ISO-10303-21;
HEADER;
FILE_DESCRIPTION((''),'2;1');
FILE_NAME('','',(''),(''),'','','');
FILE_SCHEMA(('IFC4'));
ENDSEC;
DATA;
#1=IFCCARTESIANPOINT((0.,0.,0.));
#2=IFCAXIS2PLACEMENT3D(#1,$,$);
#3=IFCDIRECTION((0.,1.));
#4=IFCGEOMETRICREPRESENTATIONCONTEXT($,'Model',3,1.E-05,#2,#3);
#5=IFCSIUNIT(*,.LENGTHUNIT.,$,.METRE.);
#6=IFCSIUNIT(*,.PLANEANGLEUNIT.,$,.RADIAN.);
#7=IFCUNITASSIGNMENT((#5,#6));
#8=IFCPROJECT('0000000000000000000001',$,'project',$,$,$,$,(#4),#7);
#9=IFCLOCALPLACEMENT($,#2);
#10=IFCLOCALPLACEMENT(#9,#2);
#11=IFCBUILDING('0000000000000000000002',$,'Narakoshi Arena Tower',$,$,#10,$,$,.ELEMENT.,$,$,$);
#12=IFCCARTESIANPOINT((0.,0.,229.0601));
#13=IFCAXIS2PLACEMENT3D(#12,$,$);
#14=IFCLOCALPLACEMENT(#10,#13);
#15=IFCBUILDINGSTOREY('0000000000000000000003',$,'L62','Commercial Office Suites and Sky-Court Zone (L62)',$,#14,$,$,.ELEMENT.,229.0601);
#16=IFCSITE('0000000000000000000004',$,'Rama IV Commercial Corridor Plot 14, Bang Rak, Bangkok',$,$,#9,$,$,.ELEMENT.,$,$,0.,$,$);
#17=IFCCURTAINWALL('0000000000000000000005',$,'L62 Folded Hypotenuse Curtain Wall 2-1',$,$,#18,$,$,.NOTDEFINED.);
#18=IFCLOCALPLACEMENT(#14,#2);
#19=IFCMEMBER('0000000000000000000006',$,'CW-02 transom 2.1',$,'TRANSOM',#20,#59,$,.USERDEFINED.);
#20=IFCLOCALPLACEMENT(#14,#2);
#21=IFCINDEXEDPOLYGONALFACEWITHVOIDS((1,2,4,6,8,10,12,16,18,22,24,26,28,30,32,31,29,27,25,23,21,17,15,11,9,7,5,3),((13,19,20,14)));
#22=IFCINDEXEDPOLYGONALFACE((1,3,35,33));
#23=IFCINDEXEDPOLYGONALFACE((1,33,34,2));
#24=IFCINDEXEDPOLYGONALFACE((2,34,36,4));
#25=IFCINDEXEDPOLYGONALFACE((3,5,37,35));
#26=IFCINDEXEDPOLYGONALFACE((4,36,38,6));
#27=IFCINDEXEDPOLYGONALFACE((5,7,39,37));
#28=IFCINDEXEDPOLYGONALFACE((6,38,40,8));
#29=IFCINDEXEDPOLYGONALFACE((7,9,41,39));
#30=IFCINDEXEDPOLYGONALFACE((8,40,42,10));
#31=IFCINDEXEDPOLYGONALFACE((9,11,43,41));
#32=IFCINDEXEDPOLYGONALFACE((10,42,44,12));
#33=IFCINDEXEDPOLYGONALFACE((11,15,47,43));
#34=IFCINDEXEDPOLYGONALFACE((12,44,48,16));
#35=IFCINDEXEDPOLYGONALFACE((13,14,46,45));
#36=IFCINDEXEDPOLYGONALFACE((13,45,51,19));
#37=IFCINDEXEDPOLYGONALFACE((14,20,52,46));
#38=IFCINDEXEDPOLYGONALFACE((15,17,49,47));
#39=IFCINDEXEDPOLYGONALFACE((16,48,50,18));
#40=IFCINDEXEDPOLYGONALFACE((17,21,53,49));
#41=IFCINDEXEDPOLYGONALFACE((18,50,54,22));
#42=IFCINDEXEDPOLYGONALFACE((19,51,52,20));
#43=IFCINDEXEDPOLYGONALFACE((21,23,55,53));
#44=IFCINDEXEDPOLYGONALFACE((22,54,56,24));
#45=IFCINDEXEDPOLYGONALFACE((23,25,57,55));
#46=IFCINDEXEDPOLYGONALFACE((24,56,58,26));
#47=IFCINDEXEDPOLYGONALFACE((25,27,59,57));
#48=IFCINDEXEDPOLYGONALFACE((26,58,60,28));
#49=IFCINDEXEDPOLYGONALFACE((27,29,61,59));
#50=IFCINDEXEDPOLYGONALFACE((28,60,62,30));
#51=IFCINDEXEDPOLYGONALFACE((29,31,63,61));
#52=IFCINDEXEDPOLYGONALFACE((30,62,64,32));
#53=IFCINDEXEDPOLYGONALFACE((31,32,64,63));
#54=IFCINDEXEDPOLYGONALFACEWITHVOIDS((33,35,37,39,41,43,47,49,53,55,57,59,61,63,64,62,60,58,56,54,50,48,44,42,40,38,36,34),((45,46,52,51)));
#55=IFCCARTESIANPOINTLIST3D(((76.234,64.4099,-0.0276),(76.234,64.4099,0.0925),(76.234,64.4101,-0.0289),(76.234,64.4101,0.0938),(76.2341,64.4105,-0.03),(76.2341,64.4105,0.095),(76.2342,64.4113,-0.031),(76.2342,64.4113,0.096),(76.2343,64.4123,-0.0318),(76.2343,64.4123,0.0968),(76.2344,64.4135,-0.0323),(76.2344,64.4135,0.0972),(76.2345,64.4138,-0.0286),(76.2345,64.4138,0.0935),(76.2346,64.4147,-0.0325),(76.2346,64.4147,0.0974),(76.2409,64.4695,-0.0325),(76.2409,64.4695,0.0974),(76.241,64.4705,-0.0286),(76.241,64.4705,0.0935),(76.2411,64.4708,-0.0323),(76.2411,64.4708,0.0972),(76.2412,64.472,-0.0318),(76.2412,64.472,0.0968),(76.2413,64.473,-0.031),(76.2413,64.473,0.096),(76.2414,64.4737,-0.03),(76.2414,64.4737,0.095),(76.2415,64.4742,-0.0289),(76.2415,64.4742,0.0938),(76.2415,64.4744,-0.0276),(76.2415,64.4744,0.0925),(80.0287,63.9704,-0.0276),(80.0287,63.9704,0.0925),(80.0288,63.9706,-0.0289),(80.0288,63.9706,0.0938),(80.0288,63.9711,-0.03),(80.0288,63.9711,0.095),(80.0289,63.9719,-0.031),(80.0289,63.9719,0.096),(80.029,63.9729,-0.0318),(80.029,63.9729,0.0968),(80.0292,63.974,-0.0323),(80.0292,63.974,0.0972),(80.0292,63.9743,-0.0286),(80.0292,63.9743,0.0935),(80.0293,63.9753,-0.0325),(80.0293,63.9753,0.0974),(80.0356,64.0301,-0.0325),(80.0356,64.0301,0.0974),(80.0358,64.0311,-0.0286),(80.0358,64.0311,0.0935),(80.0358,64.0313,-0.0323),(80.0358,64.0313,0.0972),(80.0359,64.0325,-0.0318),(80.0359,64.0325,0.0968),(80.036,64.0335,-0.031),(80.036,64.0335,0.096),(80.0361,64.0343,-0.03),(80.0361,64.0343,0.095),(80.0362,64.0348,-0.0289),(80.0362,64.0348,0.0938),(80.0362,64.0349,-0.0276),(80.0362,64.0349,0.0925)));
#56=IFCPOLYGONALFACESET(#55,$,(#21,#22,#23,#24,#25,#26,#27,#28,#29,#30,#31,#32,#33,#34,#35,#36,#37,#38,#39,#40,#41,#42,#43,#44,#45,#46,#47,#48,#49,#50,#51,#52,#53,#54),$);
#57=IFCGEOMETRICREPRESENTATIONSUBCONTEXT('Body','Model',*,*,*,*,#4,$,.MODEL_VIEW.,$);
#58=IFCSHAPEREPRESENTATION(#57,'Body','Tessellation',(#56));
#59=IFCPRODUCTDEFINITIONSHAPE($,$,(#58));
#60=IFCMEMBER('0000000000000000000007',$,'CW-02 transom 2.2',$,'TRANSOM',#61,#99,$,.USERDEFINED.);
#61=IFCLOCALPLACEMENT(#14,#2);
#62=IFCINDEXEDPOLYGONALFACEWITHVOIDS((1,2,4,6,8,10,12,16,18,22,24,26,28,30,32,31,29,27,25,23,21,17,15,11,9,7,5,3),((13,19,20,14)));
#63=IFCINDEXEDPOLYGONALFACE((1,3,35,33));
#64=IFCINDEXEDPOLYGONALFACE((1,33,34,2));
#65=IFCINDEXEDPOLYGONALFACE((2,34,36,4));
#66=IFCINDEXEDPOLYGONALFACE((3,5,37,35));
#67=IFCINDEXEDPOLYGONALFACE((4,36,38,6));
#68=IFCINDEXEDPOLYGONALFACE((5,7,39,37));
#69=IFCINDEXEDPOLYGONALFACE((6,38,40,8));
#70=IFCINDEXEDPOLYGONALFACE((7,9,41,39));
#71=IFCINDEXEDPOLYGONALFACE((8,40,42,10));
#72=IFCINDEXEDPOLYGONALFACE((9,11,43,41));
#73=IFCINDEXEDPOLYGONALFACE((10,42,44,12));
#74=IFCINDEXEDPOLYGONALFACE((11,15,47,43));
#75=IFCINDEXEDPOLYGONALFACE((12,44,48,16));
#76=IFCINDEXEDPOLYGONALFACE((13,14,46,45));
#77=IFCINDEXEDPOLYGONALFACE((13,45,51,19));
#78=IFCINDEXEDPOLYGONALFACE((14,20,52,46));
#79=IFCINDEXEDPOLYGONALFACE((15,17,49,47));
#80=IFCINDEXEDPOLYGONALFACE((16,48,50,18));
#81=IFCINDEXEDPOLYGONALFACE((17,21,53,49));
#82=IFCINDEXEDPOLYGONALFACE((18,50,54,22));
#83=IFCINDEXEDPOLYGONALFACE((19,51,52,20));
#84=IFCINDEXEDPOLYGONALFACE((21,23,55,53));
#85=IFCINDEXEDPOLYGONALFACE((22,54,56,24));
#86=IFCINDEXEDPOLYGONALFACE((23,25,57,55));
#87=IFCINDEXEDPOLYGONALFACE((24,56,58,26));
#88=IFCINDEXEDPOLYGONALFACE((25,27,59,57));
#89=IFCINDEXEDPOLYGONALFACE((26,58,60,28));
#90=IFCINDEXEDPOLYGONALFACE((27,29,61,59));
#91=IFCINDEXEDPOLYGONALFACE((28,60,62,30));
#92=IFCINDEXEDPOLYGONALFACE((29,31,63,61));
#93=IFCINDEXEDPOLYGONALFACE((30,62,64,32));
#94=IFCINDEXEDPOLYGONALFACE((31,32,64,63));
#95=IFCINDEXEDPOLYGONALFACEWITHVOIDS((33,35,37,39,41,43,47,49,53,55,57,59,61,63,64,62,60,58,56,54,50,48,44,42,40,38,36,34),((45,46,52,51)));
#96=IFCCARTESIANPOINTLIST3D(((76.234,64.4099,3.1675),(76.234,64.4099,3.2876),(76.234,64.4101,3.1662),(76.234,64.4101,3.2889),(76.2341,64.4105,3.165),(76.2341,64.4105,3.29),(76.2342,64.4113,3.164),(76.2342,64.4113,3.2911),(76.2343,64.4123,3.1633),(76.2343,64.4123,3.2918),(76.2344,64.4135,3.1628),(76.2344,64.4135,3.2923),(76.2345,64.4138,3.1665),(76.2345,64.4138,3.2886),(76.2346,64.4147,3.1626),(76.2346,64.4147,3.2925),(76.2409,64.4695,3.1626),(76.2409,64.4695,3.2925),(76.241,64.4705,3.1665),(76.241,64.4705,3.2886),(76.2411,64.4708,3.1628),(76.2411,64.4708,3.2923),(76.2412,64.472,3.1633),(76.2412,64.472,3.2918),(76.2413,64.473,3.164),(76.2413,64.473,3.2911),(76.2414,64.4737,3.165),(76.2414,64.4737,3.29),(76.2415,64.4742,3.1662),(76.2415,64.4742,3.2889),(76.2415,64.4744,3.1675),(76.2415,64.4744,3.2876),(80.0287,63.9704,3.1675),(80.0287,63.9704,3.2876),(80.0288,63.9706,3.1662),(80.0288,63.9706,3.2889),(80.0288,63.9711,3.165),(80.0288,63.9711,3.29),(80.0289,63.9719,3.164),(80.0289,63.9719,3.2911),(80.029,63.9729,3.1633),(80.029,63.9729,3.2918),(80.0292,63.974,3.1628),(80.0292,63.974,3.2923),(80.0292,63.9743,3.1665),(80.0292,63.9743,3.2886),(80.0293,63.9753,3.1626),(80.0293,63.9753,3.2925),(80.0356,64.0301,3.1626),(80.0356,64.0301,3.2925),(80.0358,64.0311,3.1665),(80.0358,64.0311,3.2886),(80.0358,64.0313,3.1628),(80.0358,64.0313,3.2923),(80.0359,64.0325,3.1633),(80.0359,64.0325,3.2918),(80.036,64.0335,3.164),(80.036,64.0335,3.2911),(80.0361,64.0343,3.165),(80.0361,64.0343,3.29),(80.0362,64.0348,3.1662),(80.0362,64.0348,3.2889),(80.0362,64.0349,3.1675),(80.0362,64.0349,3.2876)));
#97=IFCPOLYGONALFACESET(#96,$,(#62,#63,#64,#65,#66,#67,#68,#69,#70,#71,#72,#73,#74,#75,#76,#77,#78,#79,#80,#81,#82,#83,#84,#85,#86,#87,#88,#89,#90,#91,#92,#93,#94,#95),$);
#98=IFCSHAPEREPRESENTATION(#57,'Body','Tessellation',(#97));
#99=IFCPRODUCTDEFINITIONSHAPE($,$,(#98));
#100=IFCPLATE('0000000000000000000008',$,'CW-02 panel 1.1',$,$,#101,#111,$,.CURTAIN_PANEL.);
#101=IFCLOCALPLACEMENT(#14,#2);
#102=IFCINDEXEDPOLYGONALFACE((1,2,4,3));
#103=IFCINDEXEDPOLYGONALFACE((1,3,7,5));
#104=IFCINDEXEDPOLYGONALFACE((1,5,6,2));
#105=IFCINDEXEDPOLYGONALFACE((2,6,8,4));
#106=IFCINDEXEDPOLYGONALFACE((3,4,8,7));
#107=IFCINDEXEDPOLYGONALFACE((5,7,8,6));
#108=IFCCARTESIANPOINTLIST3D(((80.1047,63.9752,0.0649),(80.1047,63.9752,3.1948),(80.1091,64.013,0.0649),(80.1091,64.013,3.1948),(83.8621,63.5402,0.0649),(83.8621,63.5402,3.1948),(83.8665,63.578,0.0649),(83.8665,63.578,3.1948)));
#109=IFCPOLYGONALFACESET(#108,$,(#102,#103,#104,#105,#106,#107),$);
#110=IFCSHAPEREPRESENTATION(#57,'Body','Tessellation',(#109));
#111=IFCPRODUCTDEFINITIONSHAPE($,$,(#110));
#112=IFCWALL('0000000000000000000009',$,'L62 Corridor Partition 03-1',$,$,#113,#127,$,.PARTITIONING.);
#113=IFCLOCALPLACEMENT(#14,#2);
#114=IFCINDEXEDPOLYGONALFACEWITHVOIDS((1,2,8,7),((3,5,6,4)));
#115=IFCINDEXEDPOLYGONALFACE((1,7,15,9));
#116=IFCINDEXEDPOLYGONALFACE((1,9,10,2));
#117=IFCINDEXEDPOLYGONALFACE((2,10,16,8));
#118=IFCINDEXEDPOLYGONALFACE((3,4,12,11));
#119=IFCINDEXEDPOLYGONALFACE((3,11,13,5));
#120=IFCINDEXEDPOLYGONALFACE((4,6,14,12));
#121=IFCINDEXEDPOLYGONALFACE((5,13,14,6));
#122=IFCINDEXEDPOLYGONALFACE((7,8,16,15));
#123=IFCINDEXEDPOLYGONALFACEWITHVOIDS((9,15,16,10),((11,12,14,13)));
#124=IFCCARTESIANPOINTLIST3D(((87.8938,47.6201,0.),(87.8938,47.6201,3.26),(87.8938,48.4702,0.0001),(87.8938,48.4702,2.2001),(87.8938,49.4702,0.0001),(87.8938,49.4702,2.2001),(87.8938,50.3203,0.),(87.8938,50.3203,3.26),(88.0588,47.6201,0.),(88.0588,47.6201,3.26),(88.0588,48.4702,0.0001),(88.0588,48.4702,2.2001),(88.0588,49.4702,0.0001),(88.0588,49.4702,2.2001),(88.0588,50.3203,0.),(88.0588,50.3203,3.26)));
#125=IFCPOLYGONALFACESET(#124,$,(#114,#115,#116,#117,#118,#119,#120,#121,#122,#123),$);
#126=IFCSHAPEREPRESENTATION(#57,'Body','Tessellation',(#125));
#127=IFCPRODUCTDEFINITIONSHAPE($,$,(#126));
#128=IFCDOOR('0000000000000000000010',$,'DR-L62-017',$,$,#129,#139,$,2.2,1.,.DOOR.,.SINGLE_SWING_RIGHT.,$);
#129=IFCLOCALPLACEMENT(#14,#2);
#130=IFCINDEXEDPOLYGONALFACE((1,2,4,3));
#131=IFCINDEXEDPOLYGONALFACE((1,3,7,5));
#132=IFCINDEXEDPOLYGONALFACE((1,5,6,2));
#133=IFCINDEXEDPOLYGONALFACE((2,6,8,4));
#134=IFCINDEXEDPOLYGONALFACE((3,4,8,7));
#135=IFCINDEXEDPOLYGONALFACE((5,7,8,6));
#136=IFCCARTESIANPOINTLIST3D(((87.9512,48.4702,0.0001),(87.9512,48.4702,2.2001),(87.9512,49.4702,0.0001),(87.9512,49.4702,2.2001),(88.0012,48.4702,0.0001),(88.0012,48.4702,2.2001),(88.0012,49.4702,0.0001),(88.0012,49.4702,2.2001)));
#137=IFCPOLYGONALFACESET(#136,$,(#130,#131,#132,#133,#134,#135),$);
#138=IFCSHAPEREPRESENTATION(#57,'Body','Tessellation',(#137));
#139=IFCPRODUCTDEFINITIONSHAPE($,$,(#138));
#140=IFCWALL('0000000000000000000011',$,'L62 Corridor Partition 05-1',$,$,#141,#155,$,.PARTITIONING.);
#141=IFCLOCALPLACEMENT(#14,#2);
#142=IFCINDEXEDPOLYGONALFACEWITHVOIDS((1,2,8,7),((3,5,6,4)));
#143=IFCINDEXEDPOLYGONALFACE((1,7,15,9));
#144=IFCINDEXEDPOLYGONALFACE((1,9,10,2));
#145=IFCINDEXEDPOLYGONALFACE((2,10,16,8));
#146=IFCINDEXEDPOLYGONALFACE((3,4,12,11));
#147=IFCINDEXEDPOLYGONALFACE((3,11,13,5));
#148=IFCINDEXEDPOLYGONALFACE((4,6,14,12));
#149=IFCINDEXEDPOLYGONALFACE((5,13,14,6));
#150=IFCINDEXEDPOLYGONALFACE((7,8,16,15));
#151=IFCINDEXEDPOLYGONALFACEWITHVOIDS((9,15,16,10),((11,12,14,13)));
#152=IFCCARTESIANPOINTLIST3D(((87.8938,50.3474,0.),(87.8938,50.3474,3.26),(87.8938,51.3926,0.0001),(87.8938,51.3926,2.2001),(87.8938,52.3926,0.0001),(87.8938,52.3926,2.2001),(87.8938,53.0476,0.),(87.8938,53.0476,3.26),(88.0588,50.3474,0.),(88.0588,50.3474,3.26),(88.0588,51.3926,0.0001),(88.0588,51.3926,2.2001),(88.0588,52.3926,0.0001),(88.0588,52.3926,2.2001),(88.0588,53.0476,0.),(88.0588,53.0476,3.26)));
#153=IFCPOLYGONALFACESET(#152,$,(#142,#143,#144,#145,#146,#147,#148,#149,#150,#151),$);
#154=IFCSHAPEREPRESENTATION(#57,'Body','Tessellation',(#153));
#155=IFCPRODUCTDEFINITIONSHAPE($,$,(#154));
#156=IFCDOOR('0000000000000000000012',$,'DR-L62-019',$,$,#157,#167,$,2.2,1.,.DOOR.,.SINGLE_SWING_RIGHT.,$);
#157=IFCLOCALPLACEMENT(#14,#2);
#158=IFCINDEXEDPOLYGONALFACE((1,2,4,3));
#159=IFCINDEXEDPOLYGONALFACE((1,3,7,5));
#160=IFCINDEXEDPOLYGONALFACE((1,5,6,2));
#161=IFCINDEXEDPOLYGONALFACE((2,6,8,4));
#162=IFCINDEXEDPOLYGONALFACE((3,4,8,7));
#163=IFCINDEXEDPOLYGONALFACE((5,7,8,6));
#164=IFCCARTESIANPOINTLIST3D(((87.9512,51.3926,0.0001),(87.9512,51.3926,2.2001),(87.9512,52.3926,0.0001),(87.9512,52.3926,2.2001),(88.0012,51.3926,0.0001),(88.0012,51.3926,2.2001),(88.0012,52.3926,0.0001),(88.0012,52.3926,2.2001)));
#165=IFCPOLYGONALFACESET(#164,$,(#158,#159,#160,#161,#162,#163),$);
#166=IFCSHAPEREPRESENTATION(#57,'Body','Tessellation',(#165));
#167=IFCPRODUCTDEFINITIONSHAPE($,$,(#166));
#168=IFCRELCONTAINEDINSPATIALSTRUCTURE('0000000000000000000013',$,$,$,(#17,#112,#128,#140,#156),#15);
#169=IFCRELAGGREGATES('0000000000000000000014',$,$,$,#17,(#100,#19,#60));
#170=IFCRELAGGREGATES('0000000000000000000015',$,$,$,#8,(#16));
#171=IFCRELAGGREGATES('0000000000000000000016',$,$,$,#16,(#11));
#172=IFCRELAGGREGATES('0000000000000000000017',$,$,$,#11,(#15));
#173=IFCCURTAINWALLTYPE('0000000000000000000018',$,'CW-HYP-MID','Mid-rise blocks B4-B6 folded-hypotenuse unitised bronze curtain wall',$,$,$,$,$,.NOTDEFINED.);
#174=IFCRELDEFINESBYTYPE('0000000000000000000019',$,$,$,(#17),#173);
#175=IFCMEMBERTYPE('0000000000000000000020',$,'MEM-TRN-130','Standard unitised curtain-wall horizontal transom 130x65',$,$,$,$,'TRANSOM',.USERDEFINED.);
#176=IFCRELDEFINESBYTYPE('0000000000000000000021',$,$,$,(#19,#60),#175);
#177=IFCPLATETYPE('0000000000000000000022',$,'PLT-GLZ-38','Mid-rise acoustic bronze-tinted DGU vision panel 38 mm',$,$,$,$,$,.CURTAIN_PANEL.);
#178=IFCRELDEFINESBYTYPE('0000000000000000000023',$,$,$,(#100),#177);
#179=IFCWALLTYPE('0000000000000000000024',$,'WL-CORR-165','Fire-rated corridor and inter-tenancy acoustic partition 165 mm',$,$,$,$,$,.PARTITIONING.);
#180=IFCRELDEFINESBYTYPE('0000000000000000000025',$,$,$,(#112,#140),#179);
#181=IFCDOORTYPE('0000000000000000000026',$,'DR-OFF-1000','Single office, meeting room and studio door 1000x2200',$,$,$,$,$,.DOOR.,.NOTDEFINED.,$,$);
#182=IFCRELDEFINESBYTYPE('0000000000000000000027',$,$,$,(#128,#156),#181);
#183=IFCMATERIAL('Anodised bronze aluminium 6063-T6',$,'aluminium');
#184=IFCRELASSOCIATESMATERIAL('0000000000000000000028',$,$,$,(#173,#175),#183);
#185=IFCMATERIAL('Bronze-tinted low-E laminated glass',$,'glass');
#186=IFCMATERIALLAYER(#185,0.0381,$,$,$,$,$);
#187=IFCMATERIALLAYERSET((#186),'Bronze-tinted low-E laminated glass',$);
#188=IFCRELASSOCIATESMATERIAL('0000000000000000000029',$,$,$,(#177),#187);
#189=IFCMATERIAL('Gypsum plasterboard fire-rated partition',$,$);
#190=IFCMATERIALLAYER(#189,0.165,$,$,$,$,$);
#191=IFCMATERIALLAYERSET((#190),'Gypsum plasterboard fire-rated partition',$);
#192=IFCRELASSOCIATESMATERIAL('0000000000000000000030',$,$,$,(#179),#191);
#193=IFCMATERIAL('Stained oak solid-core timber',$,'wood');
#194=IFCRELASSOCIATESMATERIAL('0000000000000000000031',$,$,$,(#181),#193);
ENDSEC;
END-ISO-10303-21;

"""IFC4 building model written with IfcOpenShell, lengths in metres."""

from ifc_helpers import new_model, si_unit, direction, frame, frame_2d, origin, origin_2d, place, context, subcontext, project, spatial, rectangle, hollow_rectangle, extrude, material, layer, layer_set, material_profile, profile_set, type_object, element, fill, aggregate, save


model = new_model("IFC4")

# Units and contexts
model_context = context("Model", 3, precision=1e-05, world=origin(), true_north=direction((0.0, 1.0)))
body_context = subcontext(model_context, "Body", "Model", "MODEL_VIEW")
ifc_project = project(units=[si_unit("LENGTHUNIT", "METRE"), si_unit("PLANEANGLEUNIT", "RADIAN")], contexts=[model_context])

# Site, building, storey
site_placement = place(None, origin())
site = spatial("IfcSite", under=ifc_project, at=site_placement, Name="Rama IV Commercial Corridor Plot 14, Bang Rak, Bangkok", CompositionType="ELEMENT", RefElevation=0.0)
building_placement = place(site_placement, origin())
building = spatial("IfcBuilding", under=site, at=building_placement, Name="Narakoshi Arena Tower", CompositionType="ELEMENT")
storey_placement = place(building_placement, frame((0.0, 0.0, 229.0601)))
storey = spatial("IfcBuildingStorey", under=building, at=storey_placement, Name="L62", Description="Commercial Office Suites and Sky-Court Zone (L62)", CompositionType="ELEMENT", Elevation=229.0601)

# Curtain wall, members, plate
ifc_material_1 = material(Name="Anodised bronze aluminium 6063-T6", Category="aluminium")
curtain_wall_type = type_object("IfcCurtainWallType", Name="CW-HYP-MID", Description="Mid-rise blocks B4-B6 folded-hypotenuse unitised bronze curtain wall", PredefinedType="NOTDEFINED", material=ifc_material_1)
curtain_wall_placement = place(storey_placement, origin())
curtain_wall = element("IfcCurtainWall", 1, at=curtain_wall_placement, inside=storey, type_object=curtain_wall_type, Name="L62 Folded Hypotenuse Curtain Wall 2-1", PredefinedType="NOTDEFINED")
ifc_material_profile_1 = material_profile(ifc_material_1, hollow_rectangle(XDim=0.0649, YDim=0.1299, WallThickness=0.0039, OuterFilletRadius=0.0049, at=origin_2d()), Name="TRN130x65x4")
ifc_profile_set_1 = profile_set([ifc_material_profile_1], Name="Anodised bronze aluminium 6063-T6")
member_type_1 = type_object("IfcMemberType", Name="MEM-TRN-130", Description="Standard unitised curtain-wall horizontal transom 130x65", ElementType="TRANSOM", PredefinedType="USERDEFINED", material=ifc_profile_set_1)
member_1_placement = place(storey_placement, frame((80.0325, 64.0027, 0.0325), z_axis=(-0.993361, 0.115039, 0.0), x_axis=(-0.115039, -0.993361, 0.0)))
member_1 = element("IfcMember", 2, at=member_1_placement, type_object=member_type_1, Name="CW-02 transom 2.1", ObjectType="TRANSOM", PredefinedType="USERDEFINED", context=body_context, shape_type="SweptSolid", body=[
    extrude(hollow_rectangle(XDim=0.0649, YDim=0.1299, WallThickness=0.0039, OuterFilletRadius=0.0049, at=origin_2d()), origin(), (0.0, 0.0, 1.0), 3.8201),
])
member_2_placement = place(storey_placement, frame((80.0325, 64.0027, 3.2275), z_axis=(-0.993361, 0.115039, 0.0), x_axis=(-0.115039, -0.993361, 0.0)))
member_2 = element("IfcMember", 3, at=member_2_placement, type_object=member_type_1, Name="CW-02 transom 2.2", ObjectType="TRANSOM", PredefinedType="USERDEFINED", context=body_context, shape_type="SweptSolid", body=[
    extrude(hollow_rectangle(XDim=0.0649, YDim=0.1299, WallThickness=0.0039, OuterFilletRadius=0.0049, at=origin_2d()), origin(), (0.0, 0.0, 1.0), 3.8201),
])
ifc_material_2 = material(Name="Bronze-tinted low-E laminated glass", Category="glass")
ifc_layer_1 = layer(ifc_material_2, 0.0381)
ifc_layer_set_1 = layer_set([ifc_layer_1], Name="Bronze-tinted low-E laminated glass")
plate_type = type_object("IfcPlateType", Name="PLT-GLZ-38", Description="Mid-rise acoustic bronze-tinted DGU vision panel 38 mm", PredefinedType="CURTAIN_PANEL", material=ifc_layer_set_1)
plate_placement = place(storey_placement, frame((81.9856, 63.7766, 0.0649), z_axis=(0.0, 0.0, 1.0), x_axis=(-0.993364, 0.115011, 0.0)))
plate = element("IfcPlate", 4, at=plate_placement, type_object=plate_type, Name="CW-02 panel 1.1", PredefinedType="CURTAIN_PANEL", context=body_context, shape_type="SweptSolid", body=[
    extrude(rectangle(XDim=3.7825, YDim=0.0381, at=origin_2d()), origin(), (0.0, 0.0, 1.0), 3.1299),
])
aggregate(curtain_wall, [plate, member_1, member_2])

# Walls, openings, doors
ifc_material_3 = material(Name="Gypsum plasterboard fire-rated partition")
ifc_layer_2 = layer(ifc_material_3, 0.165)
ifc_layer_set_2 = layer_set([ifc_layer_2], Name="Gypsum plasterboard fire-rated partition")
wall_type_1 = type_object("IfcWallType", Name="WL-CORR-165", Description="Fire-rated corridor and inter-tenancy acoustic partition 165 mm", PredefinedType="PARTITIONING", material=ifc_layer_set_2)
wall_1_placement = place(storey_placement, frame((87.9763, 47.6201, 0.0), z_axis=(0.0, 0.0, 1.0), x_axis=(0.0, 1.0, 0.0)))
wall_1 = element("IfcWall", 5, at=wall_1_placement, inside=storey, type_object=wall_type_1, Name="L62 Corridor Partition 03-1", PredefinedType="PARTITIONING", context=body_context, shape_type="SweptSolid", body=[
    extrude(rectangle(XDim=2.7002, YDim=0.165, at=frame_2d((1.3501, 0.0))), origin(), (0.0, 0.0, 1.0), 3.26),
])
opening_1_placement = place(wall_1_placement, frame((0.8501, 0.0, 0.0)))
opening_1 = element("IfcOpeningElement", 6, at=opening_1_placement, cuts=wall_1, PredefinedType="OPENING", context=body_context, shape_type="SweptSolid", body=[
    extrude(rectangle(XDim=1.0, YDim=2.2, at=frame_2d((0.5, 1.1001))), frame((0.0, 0.0925, 0.0), z_axis=(0.0, -1.0, 0.0), x_axis=(1.0, 0.0, 0.0)), (0.0, 0.0, 1.0), 0.1851),
])
ifc_material_4 = material(Name="Stained oak solid-core timber", Category="wood")
door_type_1 = type_object("IfcDoorType", Name="DR-OFF-1000", Description="Single office, meeting room and studio door 1000x2200", OperationType="NOTDEFINED", PredefinedType="DOOR", material=ifc_material_4)
door_1_placement = place(opening_1_placement, frame((1.0, 0.0, 0.0), z_axis=(0.0, 0.0, 1.0), x_axis=(-1.0, 0.0, 0.0)))
door_1 = element("IfcDoor", 7, at=door_1_placement, inside=storey, type_object=door_type_1, Name="DR-L62-017", OperationType="SINGLE_SWING_RIGHT", OverallHeight=2.2, OverallWidth=1.0, PredefinedType="DOOR", context=body_context, shape_type="SweptSolid", body=[
    extrude(rectangle(XDim=1.0, YDim=2.2, at=frame_2d((0.5, 1.1001))), frame((0.0, 0.0249, 0.0), z_axis=(0.0, -1.0, 0.0), x_axis=(1.0, 0.0, 0.0)), (0.0, 0.0, 1.0), 0.05),
])
fill(opening_1, door_1)
wall_2_placement = place(storey_placement, frame((87.9763, 50.3474, 0.0), z_axis=(0.0, 0.0, 1.0), x_axis=(0.0, 1.0, 0.0)))
wall_2 = element("IfcWall", 8, at=wall_2_placement, inside=storey, type_object=wall_type_1, Name="L62 Corridor Partition 05-1", PredefinedType="PARTITIONING", context=body_context, shape_type="SweptSolid", body=[
    extrude(rectangle(XDim=2.7002, YDim=0.165, at=frame_2d((1.3501, 0.0))), origin(), (0.0, 0.0, 1.0), 3.26),
])
opening_2_placement = place(wall_2_placement, frame((1.0452, 0.0, 0.0)))
opening_2 = element("IfcOpeningElement", 9, at=opening_2_placement, cuts=wall_2, PredefinedType="OPENING", context=body_context, shape_type="SweptSolid", body=[
    extrude(rectangle(XDim=1.0, YDim=2.2, at=frame_2d((0.5, 1.1001))), frame((0.0, 0.0925, 0.0), z_axis=(0.0, -1.0, 0.0), x_axis=(1.0, 0.0, 0.0)), (0.0, 0.0, 1.0), 0.1851),
])
door_2_placement = place(opening_2_placement, frame((1.0, 0.0, 0.0), z_axis=(0.0, 0.0, 1.0), x_axis=(-1.0, 0.0, 0.0)))
door_2 = element("IfcDoor", 10, at=door_2_placement, inside=storey, type_object=door_type_1, Name="DR-L62-019", OperationType="SINGLE_SWING_RIGHT", OverallHeight=2.2, OverallWidth=1.0, PredefinedType="DOOR", context=body_context, shape_type="SweptSolid", body=[
    extrude(rectangle(XDim=1.0, YDim=2.2, at=frame_2d((0.5, 1.1001))), frame((0.0, 0.0249, 0.0), z_axis=(0.0, -1.0, 0.0), x_axis=(1.0, 0.0, 0.0)), (0.0, 0.0, 1.0), 0.05),
])
fill(opening_2, door_2)

save(model, "model.ifc")
